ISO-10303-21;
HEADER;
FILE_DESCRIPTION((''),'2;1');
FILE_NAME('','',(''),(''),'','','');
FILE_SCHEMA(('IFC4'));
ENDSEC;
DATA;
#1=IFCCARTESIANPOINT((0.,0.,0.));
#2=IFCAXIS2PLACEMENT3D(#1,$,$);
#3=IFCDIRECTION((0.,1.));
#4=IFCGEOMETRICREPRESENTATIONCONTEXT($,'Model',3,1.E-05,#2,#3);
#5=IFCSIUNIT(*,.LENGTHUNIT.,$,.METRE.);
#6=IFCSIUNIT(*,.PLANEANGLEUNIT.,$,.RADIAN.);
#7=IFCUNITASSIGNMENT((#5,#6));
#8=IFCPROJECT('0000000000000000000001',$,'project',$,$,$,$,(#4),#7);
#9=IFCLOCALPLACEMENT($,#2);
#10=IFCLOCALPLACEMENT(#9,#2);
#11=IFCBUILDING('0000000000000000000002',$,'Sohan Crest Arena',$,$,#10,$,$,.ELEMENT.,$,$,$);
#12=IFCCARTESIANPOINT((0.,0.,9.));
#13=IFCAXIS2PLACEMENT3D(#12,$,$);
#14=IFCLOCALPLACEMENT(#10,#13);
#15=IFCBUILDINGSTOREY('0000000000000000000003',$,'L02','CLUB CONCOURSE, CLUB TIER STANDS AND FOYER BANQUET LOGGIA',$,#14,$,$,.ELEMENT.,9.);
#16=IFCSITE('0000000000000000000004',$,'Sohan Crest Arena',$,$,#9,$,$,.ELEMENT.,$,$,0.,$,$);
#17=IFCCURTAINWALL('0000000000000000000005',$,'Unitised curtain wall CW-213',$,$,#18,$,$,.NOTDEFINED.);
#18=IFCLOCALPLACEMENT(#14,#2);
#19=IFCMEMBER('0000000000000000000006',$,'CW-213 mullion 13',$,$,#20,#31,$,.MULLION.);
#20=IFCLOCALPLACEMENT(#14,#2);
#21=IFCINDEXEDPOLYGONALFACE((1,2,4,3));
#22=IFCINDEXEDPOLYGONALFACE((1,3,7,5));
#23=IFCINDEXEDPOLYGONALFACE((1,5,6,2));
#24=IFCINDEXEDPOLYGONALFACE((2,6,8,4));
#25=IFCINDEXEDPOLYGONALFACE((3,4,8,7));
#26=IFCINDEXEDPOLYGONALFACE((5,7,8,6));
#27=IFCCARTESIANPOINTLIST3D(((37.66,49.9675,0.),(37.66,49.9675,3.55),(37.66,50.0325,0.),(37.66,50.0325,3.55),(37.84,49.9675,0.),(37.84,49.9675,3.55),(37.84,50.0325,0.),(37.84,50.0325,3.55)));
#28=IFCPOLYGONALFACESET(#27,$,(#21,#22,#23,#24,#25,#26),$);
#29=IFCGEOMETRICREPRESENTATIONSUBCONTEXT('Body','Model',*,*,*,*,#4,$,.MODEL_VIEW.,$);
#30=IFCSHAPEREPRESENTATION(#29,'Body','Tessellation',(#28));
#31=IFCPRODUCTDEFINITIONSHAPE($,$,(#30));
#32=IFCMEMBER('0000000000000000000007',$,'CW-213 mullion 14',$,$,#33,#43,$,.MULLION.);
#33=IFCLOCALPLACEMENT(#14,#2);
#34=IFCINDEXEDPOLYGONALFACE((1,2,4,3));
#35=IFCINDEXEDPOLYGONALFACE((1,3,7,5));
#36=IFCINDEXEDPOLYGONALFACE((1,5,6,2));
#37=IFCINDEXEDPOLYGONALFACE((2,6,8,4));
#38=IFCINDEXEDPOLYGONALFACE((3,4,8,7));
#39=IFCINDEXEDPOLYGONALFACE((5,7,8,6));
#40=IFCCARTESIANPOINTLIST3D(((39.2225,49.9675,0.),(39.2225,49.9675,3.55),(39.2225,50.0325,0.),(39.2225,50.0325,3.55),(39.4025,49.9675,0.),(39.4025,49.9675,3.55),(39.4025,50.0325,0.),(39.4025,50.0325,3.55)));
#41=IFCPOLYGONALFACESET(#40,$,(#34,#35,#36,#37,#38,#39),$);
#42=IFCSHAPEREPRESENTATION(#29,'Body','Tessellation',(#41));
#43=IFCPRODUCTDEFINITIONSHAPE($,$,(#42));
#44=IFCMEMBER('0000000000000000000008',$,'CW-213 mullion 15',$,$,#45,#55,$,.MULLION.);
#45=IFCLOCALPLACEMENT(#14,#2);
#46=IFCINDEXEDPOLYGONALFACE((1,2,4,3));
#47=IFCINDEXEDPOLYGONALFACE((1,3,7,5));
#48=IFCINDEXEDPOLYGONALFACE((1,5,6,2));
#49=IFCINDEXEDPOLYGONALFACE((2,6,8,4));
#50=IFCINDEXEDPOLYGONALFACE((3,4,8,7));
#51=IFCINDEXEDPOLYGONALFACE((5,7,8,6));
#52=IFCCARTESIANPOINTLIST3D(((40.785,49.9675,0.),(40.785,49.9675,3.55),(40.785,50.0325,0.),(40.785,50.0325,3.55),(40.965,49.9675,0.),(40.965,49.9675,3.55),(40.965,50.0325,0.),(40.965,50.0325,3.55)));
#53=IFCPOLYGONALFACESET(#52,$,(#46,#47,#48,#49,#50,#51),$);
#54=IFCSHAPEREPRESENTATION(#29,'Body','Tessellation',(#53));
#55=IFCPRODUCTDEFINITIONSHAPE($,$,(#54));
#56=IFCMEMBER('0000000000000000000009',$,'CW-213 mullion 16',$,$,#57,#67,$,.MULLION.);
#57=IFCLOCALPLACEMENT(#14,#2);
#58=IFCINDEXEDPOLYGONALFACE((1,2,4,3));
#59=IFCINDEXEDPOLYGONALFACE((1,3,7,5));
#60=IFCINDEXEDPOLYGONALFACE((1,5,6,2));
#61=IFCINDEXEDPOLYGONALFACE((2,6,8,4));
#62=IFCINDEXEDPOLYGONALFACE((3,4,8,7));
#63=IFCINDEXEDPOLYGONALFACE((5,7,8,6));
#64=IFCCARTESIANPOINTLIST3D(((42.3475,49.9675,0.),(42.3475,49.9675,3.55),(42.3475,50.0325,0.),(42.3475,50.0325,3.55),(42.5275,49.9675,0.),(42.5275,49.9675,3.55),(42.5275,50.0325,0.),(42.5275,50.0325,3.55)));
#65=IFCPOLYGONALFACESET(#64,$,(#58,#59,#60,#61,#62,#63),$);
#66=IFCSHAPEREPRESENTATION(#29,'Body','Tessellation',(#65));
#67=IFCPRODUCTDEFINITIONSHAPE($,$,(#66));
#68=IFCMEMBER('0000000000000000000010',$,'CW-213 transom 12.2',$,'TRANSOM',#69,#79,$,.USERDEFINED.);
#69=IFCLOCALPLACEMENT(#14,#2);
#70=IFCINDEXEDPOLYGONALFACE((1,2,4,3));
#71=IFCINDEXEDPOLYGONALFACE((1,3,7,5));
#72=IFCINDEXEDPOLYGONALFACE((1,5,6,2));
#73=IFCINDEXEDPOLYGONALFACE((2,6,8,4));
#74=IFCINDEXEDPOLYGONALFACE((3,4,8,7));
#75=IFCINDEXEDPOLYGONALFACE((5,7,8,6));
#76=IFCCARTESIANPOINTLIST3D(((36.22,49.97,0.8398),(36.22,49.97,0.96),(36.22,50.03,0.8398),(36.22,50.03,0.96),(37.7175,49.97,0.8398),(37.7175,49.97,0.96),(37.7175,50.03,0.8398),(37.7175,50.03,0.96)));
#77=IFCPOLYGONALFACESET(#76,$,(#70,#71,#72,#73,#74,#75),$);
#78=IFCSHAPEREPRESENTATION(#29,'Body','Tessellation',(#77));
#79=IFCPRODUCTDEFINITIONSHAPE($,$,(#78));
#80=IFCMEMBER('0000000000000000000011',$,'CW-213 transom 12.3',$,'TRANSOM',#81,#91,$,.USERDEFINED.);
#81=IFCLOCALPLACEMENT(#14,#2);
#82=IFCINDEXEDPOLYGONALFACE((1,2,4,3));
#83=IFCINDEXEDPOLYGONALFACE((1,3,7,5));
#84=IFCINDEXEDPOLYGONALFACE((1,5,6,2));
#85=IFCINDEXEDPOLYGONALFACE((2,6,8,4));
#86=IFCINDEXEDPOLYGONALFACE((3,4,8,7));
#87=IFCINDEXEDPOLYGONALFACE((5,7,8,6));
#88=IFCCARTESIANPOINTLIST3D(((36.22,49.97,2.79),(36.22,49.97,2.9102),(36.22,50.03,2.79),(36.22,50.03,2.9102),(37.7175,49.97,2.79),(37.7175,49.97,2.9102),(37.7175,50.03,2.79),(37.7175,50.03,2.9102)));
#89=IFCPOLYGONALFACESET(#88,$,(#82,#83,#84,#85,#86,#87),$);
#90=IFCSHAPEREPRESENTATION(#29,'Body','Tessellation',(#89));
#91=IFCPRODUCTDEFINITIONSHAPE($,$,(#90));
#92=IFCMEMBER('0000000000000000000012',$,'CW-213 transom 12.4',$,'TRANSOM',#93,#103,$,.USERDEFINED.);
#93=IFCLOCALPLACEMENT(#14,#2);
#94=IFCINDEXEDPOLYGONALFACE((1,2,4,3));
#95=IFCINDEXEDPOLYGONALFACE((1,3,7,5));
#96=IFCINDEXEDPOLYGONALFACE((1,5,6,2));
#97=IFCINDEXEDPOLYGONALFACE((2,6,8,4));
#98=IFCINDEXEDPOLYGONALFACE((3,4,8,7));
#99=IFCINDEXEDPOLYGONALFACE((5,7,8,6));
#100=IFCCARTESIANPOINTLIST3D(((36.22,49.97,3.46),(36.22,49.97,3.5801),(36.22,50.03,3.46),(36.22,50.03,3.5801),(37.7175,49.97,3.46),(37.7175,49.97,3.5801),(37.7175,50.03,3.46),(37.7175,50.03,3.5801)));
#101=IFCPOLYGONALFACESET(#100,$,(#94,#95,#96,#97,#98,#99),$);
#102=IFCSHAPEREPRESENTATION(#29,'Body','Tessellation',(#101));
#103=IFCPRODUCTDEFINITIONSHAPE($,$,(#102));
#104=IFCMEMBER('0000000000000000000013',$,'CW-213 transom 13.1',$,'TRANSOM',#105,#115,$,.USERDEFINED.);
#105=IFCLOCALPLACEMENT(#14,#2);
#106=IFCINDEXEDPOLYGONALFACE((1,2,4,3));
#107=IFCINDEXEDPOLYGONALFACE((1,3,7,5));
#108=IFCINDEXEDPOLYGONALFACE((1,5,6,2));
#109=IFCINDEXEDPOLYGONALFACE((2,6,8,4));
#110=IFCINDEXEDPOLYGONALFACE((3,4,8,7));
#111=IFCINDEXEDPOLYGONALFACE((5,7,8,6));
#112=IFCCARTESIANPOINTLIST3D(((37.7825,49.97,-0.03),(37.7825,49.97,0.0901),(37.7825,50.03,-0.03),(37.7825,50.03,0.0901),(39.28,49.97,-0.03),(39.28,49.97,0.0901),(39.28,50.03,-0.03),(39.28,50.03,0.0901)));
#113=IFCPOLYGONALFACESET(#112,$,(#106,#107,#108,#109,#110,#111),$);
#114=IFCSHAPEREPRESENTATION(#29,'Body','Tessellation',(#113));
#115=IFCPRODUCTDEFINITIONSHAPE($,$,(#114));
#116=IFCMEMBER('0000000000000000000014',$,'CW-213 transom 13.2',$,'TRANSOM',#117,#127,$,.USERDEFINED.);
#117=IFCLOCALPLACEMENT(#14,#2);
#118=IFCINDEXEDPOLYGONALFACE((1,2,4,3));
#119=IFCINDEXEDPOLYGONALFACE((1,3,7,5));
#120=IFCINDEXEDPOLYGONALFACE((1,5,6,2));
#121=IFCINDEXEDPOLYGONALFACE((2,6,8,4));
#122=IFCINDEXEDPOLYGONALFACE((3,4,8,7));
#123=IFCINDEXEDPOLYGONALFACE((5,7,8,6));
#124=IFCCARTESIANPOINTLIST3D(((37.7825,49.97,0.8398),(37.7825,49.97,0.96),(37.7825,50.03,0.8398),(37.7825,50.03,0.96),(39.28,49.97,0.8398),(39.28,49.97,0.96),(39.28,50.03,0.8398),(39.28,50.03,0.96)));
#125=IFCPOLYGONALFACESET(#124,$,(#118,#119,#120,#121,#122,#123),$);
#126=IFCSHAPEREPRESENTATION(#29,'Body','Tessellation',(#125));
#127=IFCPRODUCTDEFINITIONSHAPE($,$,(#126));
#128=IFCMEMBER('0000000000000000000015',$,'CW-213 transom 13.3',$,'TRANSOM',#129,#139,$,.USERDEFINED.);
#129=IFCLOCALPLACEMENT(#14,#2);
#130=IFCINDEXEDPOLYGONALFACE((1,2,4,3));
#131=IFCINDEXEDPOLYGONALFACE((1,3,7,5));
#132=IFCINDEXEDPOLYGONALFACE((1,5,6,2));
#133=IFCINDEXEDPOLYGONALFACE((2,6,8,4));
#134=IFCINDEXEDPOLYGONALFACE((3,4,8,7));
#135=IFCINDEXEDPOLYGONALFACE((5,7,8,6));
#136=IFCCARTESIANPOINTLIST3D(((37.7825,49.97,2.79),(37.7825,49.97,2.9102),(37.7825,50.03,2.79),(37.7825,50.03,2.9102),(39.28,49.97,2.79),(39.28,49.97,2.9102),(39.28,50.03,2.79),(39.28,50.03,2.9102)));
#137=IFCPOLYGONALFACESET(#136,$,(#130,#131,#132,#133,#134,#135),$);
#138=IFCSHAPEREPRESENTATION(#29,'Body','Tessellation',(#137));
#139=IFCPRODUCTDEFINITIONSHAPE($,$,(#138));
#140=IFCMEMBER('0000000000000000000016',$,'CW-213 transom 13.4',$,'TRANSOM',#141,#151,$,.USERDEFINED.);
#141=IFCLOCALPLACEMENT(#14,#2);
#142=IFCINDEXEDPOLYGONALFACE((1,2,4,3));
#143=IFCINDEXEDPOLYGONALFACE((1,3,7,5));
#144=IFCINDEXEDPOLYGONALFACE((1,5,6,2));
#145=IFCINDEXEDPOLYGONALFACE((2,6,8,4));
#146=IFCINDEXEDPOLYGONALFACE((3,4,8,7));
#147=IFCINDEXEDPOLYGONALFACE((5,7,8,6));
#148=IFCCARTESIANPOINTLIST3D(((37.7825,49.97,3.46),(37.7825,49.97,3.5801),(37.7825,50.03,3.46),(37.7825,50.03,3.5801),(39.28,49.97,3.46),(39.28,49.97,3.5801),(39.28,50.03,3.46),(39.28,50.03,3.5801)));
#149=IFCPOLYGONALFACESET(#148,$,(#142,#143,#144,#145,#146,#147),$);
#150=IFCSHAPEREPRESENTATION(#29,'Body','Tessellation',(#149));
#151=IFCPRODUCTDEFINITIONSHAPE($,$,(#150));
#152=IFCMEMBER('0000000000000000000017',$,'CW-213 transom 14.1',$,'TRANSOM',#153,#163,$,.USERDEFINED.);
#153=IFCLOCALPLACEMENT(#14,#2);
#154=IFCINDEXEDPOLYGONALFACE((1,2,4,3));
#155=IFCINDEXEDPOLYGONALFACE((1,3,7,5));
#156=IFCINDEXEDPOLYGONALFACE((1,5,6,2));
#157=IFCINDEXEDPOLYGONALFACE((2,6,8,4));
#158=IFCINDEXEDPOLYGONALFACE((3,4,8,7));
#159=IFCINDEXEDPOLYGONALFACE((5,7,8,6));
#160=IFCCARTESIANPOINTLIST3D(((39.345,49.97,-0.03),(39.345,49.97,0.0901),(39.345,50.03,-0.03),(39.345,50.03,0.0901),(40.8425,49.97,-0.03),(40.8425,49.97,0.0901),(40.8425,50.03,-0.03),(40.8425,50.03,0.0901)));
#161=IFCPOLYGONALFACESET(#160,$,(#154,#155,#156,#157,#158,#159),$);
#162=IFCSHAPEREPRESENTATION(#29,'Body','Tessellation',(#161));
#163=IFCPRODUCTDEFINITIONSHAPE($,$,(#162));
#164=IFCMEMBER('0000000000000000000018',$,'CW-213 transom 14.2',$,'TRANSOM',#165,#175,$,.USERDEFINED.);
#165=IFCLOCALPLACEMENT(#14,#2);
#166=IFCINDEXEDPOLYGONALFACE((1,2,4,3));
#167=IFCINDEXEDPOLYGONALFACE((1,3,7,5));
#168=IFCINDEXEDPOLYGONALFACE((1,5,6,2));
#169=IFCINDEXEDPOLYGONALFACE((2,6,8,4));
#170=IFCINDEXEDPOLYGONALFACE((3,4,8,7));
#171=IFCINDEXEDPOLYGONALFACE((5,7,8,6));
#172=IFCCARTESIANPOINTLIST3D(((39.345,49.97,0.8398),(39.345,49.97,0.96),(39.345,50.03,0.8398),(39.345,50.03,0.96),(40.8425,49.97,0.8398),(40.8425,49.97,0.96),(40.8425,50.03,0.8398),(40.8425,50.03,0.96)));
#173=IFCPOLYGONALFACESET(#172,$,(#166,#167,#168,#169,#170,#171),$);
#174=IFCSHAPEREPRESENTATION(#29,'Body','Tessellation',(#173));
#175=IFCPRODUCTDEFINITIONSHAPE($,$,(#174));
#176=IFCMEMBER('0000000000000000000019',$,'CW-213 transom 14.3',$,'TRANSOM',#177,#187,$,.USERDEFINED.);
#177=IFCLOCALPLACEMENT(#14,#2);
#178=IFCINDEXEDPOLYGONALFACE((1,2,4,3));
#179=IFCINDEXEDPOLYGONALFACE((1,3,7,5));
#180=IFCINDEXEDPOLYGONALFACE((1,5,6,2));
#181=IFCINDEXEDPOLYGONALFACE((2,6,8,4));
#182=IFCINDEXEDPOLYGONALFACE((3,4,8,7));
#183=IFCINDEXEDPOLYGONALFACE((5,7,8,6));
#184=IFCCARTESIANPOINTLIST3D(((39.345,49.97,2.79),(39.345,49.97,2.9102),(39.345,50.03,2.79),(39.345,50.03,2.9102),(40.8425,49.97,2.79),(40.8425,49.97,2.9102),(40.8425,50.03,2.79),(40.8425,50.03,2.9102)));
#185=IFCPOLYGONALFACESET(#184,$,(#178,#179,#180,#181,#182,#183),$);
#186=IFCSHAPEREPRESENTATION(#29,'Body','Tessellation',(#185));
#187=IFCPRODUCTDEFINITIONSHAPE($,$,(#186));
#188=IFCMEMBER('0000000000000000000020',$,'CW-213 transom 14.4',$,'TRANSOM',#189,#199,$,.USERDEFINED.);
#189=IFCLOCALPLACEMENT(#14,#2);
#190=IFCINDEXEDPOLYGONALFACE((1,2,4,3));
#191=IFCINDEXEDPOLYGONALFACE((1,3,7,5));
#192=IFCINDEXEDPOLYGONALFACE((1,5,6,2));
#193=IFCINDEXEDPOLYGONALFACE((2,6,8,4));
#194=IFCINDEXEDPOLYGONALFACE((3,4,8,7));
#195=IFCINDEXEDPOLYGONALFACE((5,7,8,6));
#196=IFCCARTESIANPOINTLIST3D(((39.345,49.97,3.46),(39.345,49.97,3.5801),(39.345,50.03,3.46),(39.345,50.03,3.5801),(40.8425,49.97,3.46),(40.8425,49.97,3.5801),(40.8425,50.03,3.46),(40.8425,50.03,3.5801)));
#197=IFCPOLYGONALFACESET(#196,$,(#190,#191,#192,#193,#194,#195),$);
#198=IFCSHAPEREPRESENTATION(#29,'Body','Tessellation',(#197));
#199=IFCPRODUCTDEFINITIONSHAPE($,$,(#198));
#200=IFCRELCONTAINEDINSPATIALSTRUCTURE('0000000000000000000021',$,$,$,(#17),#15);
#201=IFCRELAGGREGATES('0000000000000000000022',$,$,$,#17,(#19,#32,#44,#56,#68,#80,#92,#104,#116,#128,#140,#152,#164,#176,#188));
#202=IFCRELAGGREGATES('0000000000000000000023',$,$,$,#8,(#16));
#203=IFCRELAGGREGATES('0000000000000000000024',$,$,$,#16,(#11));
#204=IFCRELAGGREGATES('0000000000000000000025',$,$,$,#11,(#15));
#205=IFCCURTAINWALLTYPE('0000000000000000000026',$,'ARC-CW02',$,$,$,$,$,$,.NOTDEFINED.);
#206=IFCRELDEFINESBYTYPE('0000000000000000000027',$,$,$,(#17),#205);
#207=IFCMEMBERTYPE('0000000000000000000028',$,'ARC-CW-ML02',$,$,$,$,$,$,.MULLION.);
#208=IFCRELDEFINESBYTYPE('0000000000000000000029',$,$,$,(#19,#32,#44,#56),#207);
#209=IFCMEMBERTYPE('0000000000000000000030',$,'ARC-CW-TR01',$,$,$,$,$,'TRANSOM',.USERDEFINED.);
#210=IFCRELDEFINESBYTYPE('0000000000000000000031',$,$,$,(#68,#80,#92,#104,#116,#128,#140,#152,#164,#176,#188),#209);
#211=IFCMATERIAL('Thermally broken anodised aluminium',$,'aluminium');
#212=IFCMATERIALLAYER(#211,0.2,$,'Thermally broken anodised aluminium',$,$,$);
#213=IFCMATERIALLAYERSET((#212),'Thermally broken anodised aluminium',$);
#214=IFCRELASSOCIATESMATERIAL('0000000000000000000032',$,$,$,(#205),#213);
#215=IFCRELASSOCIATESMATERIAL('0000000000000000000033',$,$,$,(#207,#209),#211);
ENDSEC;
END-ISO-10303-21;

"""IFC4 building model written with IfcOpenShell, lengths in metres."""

from ifc_helpers import new_model, si_unit, direction, frame, origin, origin_2d, place, context, subcontext, project, spatial, rectangle, extrude, material, layer, layer_set, material_profile, profile_set, type_object, element, aggregate, save


model = new_model("IFC4")

# Units and contexts
model_context = context("Model", 3, precision=1e-05, world=origin(), true_north=direction((0.0, 1.0)))
body_context = subcontext(model_context, "Body", "Model", "MODEL_VIEW")
ifc_project = project(units=[si_unit("LENGTHUNIT", "METRE"), si_unit("PLANEANGLEUNIT", "RADIAN")], contexts=[model_context])

# Site, building, storey
site_placement = place(None, origin())
site = spatial("IfcSite", under=ifc_project, at=site_placement, Name="Sohan Crest Arena", CompositionType="ELEMENT", RefElevation=0.0)
building_placement = place(site_placement, origin())
building = spatial("IfcBuilding", under=site, at=building_placement, Name="Sohan Crest Arena", CompositionType="ELEMENT")
storey_placement = place(building_placement, frame((0.0, 0.0, 9.0)))
storey = spatial("IfcBuildingStorey", under=building, at=storey_placement, Name="L02", Description="CLUB CONCOURSE, CLUB TIER STANDS AND FOYER BANQUET LOGGIA", CompositionType="ELEMENT", Elevation=9.0)

# Curtain wall, members
ifc_material_1 = material(Name="Thermally broken anodised aluminium", Category="aluminium")
ifc_layer_1 = layer(ifc_material_1, 0.2, Name="Thermally broken anodised aluminium")
ifc_layer_set_1 = layer_set([ifc_layer_1], Name="Thermally broken anodised aluminium")
curtain_wall_type = type_object("IfcCurtainWallType", Name="ARC-CW02", PredefinedType="NOTDEFINED", material=ifc_layer_set_1)
curtain_wall_placement = place(storey_placement, origin())
curtain_wall = element("IfcCurtainWall", 1, at=curtain_wall_placement, inside=storey, type_object=curtain_wall_type, Name="Unitised curtain wall CW-213", PredefinedType="NOTDEFINED")
ifc_material_profile_1 = material_profile(ifc_material_1, rectangle(XDim=0.0649, YDim=0.1799, at=origin_2d()), Name="ALU-MULL 65x180")
ifc_profile_set_1 = profile_set([ifc_material_profile_1], Name="Thermally broken anodised aluminium")
member_type_1 = type_object("IfcMemberType", Name="ARC-CW-ML02", PredefinedType="MULLION", material=ifc_profile_set_1)
member_1_placement = place(storey_placement, frame((37.75, 50.0, 0.0), z_axis=(0.0, 0.0, 1.0), x_axis=(0.0, 1.0, 0.0)))
member_1 = element("IfcMember", 2, at=member_1_placement, type_object=member_type_1, Name="CW-213 mullion 13", PredefinedType="MULLION", context=body_context, shape_type="SweptSolid", body=[
    extrude(rectangle(XDim=0.0649, YDim=0.1799, at=origin_2d()), origin(), (0.0, 0.0, 1.0), 3.55),
])
member_2_placement = place(storey_placement, frame((39.3125, 50.0, 0.0), z_axis=(0.0, 0.0, 1.0), x_axis=(0.0, 1.0, 0.0)))
member_2 = element("IfcMember", 3, at=member_2_placement, type_object=member_type_1, Name="CW-213 mullion 14", PredefinedType="MULLION", context=body_context, shape_type="SweptSolid", body=[
    extrude(rectangle(XDim=0.0649, YDim=0.1799, at=origin_2d()), origin(), (0.0, 0.0, 1.0), 3.55),
])
member_3_placement = place(storey_placement, frame((40.875, 50.0, 0.0), z_axis=(0.0, 0.0, 1.0), x_axis=(0.0, 1.0, 0.0)))
member_3 = element("IfcMember", 4, at=member_3_placement, type_object=member_type_1, Name="CW-213 mullion 15", PredefinedType="MULLION", context=body_context, shape_type="SweptSolid", body=[
    extrude(rectangle(XDim=0.0649, YDim=0.1799, at=origin_2d()), origin(), (0.0, 0.0, 1.0), 3.55),
])
member_4_placement = place(storey_placement, frame((42.4375, 50.0, 0.0), z_axis=(0.0, 0.0, 1.0), x_axis=(0.0, 1.0, 0.0)))
member_4 = element("IfcMember", 5, at=member_4_placement, type_object=member_type_1, Name="CW-213 mullion 16", PredefinedType="MULLION", context=body_context, shape_type="SweptSolid", body=[
    extrude(rectangle(XDim=0.0649, YDim=0.1799, at=origin_2d()), origin(), (0.0, 0.0, 1.0), 3.55),
])
ifc_material_profile_2 = material_profile(ifc_material_1, rectangle(XDim=0.0601, YDim=0.1201, at=origin_2d()), Name="ALU-TRAN 60x120")
ifc_profile_set_2 = profile_set([ifc_material_profile_2], Name="Thermally broken anodised aluminium")
member_type_2 = type_object("IfcMemberType", Name="ARC-CW-TR01", ElementType="TRANSOM", PredefinedType="USERDEFINED", material=ifc_profile_set_2)
member_5_placement = place(storey_placement, frame((36.22, 50.0, 0.8999), z_axis=(1.0, 0.0, 0.0), x_axis=(0.0, 1.0, 0.0)))
member_5 = element("IfcMember", 6, at=member_5_placement, type_object=member_type_2, Name="CW-213 transom 12.2", ObjectType="TRANSOM", PredefinedType="USERDEFINED", context=body_context, shape_type="SweptSolid", body=[
    extrude(rectangle(XDim=0.0601, YDim=0.1201, at=origin_2d()), origin(), (0.0, 0.0, 1.0), 1.4976),
])
member_6_placement = place(storey_placement, frame((36.22, 50.0, 2.8501), z_axis=(1.0, 0.0, 0.0), x_axis=(0.0, 1.0, 0.0)))
member_6 = element("IfcMember", 7, at=member_6_placement, type_object=member_type_2, Name="CW-213 transom 12.3", ObjectType="TRANSOM", PredefinedType="USERDEFINED", context=body_context, shape_type="SweptSolid", body=[
    extrude(rectangle(XDim=0.0601, YDim=0.1201, at=origin_2d()), origin(), (0.0, 0.0, 1.0), 1.4976),
])
member_7_placement = place(storey_placement, frame((36.22, 50.0, 3.52), z_axis=(1.0, 0.0, 0.0), x_axis=(0.0, 1.0, 0.0)))
member_7 = element("IfcMember", 8, at=member_7_placement, type_object=member_type_2, Name="CW-213 transom 12.4", ObjectType="TRANSOM", PredefinedType="USERDEFINED", context=body_context, shape_type="SweptSolid", body=[
    extrude(rectangle(XDim=0.0601, YDim=0.1201, at=origin_2d()), origin(), (0.0, 0.0, 1.0), 1.4976),
])
member_8_placement = place(storey_placement, frame((37.7825, 50.0, 0.03), z_axis=(1.0, 0.0, 0.0), x_axis=(0.0, 1.0, 0.0)))
member_8 = element("IfcMember", 9, at=member_8_placement, type_object=member_type_2, Name="CW-213 transom 13.1", ObjectType="TRANSOM", PredefinedType="USERDEFINED", context=body_context, shape_type="SweptSolid", body=[
    extrude(rectangle(XDim=0.0601, YDim=0.1201, at=origin_2d()), origin(), (0.0, 0.0, 1.0), 1.4976),
])
member_9_placement = place(storey_placement, frame((37.7825, 50.0, 0.8999), z_axis=(1.0, 0.0, 0.0), x_axis=(0.0, 1.0, 0.0)))
member_9 = element("IfcMember", 10, at=member_9_placement, type_object=member_type_2, Name="CW-213 transom 13.2", ObjectType="TRANSOM", PredefinedType="USERDEFINED", context=body_context, shape_type="SweptSolid", body=[
    extrude(rectangle(XDim=0.0601, YDim=0.1201, at=origin_2d()), origin(), (0.0, 0.0, 1.0), 1.4976),
])
member_10_placement = place(storey_placement, frame((37.7825, 50.0, 2.8501), z_axis=(1.0, 0.0, 0.0), x_axis=(0.0, 1.0, 0.0)))
member_10 = element("IfcMember", 11, at=member_10_placement, type_object=member_type_2, Name="CW-213 transom 13.3", ObjectType="TRANSOM", PredefinedType="USERDEFINED", context=body_context, shape_type="SweptSolid", body=[
    extrude(rectangle(XDim=0.0601, YDim=0.1201, at=origin_2d()), origin(), (0.0, 0.0, 1.0), 1.4976),
])
member_11_placement = place(storey_placement, frame((37.7825, 50.0, 3.52), z_axis=(1.0, 0.0, 0.0), x_axis=(0.0, 1.0, 0.0)))
member_11 = element("IfcMember", 12, at=member_11_placement, type_object=member_type_2, Name="CW-213 transom 13.4", ObjectType="TRANSOM", PredefinedType="USERDEFINED", context=body_context, shape_type="SweptSolid", body=[
    extrude(rectangle(XDim=0.0601, YDim=0.1201, at=origin_2d()), origin(), (0.0, 0.0, 1.0), 1.4976),
])
member_12_placement = place(storey_placement, frame((39.345, 50.0, 0.03), z_axis=(1.0, 0.0, 0.0), x_axis=(0.0, 1.0, 0.0)))
member_12 = element("IfcMember", 13, at=member_12_placement, type_object=member_type_2, Name="CW-213 transom 14.1", ObjectType="TRANSOM", PredefinedType="USERDEFINED", context=body_context, shape_type="SweptSolid", body=[
    extrude(rectangle(XDim=0.0601, YDim=0.1201, at=origin_2d()), origin(), (0.0, 0.0, 1.0), 1.4976),
])
member_13_placement = place(storey_placement, frame((39.345, 50.0, 0.8999), z_axis=(1.0, 0.0, 0.0), x_axis=(0.0, 1.0, 0.0)))
member_13 = element("IfcMember", 14, at=member_13_placement, type_object=member_type_2, Name="CW-213 transom 14.2", ObjectType="TRANSOM", PredefinedType="USERDEFINED", context=body_context, shape_type="SweptSolid", body=[
    extrude(rectangle(XDim=0.0601, YDim=0.1201, at=origin_2d()), origin(), (0.0, 0.0, 1.0), 1.4976),
])
member_14_placement = place(storey_placement, frame((39.345, 50.0, 2.8501), z_axis=(1.0, 0.0, 0.0), x_axis=(0.0, 1.0, 0.0)))
member_14 = element("IfcMember", 15, at=member_14_placement, type_object=member_type_2, Name="CW-213 transom 14.3", ObjectType="TRANSOM", PredefinedType="USERDEFINED", context=body_context, shape_type="SweptSolid", body=[
    extrude(rectangle(XDim=0.0601, YDim=0.1201, at=origin_2d()), origin(), (0.0, 0.0, 1.0), 1.4976),
])
member_15_placement = place(storey_placement, frame((39.345, 50.0, 3.52), z_axis=(1.0, 0.0, 0.0), x_axis=(0.0, 1.0, 0.0)))
member_15 = element("IfcMember", 16, at=member_15_placement, type_object=member_type_2, Name="CW-213 transom 14.4", ObjectType="TRANSOM", PredefinedType="USERDEFINED", context=body_context, shape_type="SweptSolid", body=[
    extrude(rectangle(XDim=0.0601, YDim=0.1201, at=origin_2d()), origin(), (0.0, 0.0, 1.0), 1.4976),
])
aggregate(curtain_wall, [member_1, member_2, member_3, member_4, member_5, member_6, member_7, member_8, member_9, member_10, member_11, member_12, member_13, member_14, member_15])

save(model, "model.ifc")
